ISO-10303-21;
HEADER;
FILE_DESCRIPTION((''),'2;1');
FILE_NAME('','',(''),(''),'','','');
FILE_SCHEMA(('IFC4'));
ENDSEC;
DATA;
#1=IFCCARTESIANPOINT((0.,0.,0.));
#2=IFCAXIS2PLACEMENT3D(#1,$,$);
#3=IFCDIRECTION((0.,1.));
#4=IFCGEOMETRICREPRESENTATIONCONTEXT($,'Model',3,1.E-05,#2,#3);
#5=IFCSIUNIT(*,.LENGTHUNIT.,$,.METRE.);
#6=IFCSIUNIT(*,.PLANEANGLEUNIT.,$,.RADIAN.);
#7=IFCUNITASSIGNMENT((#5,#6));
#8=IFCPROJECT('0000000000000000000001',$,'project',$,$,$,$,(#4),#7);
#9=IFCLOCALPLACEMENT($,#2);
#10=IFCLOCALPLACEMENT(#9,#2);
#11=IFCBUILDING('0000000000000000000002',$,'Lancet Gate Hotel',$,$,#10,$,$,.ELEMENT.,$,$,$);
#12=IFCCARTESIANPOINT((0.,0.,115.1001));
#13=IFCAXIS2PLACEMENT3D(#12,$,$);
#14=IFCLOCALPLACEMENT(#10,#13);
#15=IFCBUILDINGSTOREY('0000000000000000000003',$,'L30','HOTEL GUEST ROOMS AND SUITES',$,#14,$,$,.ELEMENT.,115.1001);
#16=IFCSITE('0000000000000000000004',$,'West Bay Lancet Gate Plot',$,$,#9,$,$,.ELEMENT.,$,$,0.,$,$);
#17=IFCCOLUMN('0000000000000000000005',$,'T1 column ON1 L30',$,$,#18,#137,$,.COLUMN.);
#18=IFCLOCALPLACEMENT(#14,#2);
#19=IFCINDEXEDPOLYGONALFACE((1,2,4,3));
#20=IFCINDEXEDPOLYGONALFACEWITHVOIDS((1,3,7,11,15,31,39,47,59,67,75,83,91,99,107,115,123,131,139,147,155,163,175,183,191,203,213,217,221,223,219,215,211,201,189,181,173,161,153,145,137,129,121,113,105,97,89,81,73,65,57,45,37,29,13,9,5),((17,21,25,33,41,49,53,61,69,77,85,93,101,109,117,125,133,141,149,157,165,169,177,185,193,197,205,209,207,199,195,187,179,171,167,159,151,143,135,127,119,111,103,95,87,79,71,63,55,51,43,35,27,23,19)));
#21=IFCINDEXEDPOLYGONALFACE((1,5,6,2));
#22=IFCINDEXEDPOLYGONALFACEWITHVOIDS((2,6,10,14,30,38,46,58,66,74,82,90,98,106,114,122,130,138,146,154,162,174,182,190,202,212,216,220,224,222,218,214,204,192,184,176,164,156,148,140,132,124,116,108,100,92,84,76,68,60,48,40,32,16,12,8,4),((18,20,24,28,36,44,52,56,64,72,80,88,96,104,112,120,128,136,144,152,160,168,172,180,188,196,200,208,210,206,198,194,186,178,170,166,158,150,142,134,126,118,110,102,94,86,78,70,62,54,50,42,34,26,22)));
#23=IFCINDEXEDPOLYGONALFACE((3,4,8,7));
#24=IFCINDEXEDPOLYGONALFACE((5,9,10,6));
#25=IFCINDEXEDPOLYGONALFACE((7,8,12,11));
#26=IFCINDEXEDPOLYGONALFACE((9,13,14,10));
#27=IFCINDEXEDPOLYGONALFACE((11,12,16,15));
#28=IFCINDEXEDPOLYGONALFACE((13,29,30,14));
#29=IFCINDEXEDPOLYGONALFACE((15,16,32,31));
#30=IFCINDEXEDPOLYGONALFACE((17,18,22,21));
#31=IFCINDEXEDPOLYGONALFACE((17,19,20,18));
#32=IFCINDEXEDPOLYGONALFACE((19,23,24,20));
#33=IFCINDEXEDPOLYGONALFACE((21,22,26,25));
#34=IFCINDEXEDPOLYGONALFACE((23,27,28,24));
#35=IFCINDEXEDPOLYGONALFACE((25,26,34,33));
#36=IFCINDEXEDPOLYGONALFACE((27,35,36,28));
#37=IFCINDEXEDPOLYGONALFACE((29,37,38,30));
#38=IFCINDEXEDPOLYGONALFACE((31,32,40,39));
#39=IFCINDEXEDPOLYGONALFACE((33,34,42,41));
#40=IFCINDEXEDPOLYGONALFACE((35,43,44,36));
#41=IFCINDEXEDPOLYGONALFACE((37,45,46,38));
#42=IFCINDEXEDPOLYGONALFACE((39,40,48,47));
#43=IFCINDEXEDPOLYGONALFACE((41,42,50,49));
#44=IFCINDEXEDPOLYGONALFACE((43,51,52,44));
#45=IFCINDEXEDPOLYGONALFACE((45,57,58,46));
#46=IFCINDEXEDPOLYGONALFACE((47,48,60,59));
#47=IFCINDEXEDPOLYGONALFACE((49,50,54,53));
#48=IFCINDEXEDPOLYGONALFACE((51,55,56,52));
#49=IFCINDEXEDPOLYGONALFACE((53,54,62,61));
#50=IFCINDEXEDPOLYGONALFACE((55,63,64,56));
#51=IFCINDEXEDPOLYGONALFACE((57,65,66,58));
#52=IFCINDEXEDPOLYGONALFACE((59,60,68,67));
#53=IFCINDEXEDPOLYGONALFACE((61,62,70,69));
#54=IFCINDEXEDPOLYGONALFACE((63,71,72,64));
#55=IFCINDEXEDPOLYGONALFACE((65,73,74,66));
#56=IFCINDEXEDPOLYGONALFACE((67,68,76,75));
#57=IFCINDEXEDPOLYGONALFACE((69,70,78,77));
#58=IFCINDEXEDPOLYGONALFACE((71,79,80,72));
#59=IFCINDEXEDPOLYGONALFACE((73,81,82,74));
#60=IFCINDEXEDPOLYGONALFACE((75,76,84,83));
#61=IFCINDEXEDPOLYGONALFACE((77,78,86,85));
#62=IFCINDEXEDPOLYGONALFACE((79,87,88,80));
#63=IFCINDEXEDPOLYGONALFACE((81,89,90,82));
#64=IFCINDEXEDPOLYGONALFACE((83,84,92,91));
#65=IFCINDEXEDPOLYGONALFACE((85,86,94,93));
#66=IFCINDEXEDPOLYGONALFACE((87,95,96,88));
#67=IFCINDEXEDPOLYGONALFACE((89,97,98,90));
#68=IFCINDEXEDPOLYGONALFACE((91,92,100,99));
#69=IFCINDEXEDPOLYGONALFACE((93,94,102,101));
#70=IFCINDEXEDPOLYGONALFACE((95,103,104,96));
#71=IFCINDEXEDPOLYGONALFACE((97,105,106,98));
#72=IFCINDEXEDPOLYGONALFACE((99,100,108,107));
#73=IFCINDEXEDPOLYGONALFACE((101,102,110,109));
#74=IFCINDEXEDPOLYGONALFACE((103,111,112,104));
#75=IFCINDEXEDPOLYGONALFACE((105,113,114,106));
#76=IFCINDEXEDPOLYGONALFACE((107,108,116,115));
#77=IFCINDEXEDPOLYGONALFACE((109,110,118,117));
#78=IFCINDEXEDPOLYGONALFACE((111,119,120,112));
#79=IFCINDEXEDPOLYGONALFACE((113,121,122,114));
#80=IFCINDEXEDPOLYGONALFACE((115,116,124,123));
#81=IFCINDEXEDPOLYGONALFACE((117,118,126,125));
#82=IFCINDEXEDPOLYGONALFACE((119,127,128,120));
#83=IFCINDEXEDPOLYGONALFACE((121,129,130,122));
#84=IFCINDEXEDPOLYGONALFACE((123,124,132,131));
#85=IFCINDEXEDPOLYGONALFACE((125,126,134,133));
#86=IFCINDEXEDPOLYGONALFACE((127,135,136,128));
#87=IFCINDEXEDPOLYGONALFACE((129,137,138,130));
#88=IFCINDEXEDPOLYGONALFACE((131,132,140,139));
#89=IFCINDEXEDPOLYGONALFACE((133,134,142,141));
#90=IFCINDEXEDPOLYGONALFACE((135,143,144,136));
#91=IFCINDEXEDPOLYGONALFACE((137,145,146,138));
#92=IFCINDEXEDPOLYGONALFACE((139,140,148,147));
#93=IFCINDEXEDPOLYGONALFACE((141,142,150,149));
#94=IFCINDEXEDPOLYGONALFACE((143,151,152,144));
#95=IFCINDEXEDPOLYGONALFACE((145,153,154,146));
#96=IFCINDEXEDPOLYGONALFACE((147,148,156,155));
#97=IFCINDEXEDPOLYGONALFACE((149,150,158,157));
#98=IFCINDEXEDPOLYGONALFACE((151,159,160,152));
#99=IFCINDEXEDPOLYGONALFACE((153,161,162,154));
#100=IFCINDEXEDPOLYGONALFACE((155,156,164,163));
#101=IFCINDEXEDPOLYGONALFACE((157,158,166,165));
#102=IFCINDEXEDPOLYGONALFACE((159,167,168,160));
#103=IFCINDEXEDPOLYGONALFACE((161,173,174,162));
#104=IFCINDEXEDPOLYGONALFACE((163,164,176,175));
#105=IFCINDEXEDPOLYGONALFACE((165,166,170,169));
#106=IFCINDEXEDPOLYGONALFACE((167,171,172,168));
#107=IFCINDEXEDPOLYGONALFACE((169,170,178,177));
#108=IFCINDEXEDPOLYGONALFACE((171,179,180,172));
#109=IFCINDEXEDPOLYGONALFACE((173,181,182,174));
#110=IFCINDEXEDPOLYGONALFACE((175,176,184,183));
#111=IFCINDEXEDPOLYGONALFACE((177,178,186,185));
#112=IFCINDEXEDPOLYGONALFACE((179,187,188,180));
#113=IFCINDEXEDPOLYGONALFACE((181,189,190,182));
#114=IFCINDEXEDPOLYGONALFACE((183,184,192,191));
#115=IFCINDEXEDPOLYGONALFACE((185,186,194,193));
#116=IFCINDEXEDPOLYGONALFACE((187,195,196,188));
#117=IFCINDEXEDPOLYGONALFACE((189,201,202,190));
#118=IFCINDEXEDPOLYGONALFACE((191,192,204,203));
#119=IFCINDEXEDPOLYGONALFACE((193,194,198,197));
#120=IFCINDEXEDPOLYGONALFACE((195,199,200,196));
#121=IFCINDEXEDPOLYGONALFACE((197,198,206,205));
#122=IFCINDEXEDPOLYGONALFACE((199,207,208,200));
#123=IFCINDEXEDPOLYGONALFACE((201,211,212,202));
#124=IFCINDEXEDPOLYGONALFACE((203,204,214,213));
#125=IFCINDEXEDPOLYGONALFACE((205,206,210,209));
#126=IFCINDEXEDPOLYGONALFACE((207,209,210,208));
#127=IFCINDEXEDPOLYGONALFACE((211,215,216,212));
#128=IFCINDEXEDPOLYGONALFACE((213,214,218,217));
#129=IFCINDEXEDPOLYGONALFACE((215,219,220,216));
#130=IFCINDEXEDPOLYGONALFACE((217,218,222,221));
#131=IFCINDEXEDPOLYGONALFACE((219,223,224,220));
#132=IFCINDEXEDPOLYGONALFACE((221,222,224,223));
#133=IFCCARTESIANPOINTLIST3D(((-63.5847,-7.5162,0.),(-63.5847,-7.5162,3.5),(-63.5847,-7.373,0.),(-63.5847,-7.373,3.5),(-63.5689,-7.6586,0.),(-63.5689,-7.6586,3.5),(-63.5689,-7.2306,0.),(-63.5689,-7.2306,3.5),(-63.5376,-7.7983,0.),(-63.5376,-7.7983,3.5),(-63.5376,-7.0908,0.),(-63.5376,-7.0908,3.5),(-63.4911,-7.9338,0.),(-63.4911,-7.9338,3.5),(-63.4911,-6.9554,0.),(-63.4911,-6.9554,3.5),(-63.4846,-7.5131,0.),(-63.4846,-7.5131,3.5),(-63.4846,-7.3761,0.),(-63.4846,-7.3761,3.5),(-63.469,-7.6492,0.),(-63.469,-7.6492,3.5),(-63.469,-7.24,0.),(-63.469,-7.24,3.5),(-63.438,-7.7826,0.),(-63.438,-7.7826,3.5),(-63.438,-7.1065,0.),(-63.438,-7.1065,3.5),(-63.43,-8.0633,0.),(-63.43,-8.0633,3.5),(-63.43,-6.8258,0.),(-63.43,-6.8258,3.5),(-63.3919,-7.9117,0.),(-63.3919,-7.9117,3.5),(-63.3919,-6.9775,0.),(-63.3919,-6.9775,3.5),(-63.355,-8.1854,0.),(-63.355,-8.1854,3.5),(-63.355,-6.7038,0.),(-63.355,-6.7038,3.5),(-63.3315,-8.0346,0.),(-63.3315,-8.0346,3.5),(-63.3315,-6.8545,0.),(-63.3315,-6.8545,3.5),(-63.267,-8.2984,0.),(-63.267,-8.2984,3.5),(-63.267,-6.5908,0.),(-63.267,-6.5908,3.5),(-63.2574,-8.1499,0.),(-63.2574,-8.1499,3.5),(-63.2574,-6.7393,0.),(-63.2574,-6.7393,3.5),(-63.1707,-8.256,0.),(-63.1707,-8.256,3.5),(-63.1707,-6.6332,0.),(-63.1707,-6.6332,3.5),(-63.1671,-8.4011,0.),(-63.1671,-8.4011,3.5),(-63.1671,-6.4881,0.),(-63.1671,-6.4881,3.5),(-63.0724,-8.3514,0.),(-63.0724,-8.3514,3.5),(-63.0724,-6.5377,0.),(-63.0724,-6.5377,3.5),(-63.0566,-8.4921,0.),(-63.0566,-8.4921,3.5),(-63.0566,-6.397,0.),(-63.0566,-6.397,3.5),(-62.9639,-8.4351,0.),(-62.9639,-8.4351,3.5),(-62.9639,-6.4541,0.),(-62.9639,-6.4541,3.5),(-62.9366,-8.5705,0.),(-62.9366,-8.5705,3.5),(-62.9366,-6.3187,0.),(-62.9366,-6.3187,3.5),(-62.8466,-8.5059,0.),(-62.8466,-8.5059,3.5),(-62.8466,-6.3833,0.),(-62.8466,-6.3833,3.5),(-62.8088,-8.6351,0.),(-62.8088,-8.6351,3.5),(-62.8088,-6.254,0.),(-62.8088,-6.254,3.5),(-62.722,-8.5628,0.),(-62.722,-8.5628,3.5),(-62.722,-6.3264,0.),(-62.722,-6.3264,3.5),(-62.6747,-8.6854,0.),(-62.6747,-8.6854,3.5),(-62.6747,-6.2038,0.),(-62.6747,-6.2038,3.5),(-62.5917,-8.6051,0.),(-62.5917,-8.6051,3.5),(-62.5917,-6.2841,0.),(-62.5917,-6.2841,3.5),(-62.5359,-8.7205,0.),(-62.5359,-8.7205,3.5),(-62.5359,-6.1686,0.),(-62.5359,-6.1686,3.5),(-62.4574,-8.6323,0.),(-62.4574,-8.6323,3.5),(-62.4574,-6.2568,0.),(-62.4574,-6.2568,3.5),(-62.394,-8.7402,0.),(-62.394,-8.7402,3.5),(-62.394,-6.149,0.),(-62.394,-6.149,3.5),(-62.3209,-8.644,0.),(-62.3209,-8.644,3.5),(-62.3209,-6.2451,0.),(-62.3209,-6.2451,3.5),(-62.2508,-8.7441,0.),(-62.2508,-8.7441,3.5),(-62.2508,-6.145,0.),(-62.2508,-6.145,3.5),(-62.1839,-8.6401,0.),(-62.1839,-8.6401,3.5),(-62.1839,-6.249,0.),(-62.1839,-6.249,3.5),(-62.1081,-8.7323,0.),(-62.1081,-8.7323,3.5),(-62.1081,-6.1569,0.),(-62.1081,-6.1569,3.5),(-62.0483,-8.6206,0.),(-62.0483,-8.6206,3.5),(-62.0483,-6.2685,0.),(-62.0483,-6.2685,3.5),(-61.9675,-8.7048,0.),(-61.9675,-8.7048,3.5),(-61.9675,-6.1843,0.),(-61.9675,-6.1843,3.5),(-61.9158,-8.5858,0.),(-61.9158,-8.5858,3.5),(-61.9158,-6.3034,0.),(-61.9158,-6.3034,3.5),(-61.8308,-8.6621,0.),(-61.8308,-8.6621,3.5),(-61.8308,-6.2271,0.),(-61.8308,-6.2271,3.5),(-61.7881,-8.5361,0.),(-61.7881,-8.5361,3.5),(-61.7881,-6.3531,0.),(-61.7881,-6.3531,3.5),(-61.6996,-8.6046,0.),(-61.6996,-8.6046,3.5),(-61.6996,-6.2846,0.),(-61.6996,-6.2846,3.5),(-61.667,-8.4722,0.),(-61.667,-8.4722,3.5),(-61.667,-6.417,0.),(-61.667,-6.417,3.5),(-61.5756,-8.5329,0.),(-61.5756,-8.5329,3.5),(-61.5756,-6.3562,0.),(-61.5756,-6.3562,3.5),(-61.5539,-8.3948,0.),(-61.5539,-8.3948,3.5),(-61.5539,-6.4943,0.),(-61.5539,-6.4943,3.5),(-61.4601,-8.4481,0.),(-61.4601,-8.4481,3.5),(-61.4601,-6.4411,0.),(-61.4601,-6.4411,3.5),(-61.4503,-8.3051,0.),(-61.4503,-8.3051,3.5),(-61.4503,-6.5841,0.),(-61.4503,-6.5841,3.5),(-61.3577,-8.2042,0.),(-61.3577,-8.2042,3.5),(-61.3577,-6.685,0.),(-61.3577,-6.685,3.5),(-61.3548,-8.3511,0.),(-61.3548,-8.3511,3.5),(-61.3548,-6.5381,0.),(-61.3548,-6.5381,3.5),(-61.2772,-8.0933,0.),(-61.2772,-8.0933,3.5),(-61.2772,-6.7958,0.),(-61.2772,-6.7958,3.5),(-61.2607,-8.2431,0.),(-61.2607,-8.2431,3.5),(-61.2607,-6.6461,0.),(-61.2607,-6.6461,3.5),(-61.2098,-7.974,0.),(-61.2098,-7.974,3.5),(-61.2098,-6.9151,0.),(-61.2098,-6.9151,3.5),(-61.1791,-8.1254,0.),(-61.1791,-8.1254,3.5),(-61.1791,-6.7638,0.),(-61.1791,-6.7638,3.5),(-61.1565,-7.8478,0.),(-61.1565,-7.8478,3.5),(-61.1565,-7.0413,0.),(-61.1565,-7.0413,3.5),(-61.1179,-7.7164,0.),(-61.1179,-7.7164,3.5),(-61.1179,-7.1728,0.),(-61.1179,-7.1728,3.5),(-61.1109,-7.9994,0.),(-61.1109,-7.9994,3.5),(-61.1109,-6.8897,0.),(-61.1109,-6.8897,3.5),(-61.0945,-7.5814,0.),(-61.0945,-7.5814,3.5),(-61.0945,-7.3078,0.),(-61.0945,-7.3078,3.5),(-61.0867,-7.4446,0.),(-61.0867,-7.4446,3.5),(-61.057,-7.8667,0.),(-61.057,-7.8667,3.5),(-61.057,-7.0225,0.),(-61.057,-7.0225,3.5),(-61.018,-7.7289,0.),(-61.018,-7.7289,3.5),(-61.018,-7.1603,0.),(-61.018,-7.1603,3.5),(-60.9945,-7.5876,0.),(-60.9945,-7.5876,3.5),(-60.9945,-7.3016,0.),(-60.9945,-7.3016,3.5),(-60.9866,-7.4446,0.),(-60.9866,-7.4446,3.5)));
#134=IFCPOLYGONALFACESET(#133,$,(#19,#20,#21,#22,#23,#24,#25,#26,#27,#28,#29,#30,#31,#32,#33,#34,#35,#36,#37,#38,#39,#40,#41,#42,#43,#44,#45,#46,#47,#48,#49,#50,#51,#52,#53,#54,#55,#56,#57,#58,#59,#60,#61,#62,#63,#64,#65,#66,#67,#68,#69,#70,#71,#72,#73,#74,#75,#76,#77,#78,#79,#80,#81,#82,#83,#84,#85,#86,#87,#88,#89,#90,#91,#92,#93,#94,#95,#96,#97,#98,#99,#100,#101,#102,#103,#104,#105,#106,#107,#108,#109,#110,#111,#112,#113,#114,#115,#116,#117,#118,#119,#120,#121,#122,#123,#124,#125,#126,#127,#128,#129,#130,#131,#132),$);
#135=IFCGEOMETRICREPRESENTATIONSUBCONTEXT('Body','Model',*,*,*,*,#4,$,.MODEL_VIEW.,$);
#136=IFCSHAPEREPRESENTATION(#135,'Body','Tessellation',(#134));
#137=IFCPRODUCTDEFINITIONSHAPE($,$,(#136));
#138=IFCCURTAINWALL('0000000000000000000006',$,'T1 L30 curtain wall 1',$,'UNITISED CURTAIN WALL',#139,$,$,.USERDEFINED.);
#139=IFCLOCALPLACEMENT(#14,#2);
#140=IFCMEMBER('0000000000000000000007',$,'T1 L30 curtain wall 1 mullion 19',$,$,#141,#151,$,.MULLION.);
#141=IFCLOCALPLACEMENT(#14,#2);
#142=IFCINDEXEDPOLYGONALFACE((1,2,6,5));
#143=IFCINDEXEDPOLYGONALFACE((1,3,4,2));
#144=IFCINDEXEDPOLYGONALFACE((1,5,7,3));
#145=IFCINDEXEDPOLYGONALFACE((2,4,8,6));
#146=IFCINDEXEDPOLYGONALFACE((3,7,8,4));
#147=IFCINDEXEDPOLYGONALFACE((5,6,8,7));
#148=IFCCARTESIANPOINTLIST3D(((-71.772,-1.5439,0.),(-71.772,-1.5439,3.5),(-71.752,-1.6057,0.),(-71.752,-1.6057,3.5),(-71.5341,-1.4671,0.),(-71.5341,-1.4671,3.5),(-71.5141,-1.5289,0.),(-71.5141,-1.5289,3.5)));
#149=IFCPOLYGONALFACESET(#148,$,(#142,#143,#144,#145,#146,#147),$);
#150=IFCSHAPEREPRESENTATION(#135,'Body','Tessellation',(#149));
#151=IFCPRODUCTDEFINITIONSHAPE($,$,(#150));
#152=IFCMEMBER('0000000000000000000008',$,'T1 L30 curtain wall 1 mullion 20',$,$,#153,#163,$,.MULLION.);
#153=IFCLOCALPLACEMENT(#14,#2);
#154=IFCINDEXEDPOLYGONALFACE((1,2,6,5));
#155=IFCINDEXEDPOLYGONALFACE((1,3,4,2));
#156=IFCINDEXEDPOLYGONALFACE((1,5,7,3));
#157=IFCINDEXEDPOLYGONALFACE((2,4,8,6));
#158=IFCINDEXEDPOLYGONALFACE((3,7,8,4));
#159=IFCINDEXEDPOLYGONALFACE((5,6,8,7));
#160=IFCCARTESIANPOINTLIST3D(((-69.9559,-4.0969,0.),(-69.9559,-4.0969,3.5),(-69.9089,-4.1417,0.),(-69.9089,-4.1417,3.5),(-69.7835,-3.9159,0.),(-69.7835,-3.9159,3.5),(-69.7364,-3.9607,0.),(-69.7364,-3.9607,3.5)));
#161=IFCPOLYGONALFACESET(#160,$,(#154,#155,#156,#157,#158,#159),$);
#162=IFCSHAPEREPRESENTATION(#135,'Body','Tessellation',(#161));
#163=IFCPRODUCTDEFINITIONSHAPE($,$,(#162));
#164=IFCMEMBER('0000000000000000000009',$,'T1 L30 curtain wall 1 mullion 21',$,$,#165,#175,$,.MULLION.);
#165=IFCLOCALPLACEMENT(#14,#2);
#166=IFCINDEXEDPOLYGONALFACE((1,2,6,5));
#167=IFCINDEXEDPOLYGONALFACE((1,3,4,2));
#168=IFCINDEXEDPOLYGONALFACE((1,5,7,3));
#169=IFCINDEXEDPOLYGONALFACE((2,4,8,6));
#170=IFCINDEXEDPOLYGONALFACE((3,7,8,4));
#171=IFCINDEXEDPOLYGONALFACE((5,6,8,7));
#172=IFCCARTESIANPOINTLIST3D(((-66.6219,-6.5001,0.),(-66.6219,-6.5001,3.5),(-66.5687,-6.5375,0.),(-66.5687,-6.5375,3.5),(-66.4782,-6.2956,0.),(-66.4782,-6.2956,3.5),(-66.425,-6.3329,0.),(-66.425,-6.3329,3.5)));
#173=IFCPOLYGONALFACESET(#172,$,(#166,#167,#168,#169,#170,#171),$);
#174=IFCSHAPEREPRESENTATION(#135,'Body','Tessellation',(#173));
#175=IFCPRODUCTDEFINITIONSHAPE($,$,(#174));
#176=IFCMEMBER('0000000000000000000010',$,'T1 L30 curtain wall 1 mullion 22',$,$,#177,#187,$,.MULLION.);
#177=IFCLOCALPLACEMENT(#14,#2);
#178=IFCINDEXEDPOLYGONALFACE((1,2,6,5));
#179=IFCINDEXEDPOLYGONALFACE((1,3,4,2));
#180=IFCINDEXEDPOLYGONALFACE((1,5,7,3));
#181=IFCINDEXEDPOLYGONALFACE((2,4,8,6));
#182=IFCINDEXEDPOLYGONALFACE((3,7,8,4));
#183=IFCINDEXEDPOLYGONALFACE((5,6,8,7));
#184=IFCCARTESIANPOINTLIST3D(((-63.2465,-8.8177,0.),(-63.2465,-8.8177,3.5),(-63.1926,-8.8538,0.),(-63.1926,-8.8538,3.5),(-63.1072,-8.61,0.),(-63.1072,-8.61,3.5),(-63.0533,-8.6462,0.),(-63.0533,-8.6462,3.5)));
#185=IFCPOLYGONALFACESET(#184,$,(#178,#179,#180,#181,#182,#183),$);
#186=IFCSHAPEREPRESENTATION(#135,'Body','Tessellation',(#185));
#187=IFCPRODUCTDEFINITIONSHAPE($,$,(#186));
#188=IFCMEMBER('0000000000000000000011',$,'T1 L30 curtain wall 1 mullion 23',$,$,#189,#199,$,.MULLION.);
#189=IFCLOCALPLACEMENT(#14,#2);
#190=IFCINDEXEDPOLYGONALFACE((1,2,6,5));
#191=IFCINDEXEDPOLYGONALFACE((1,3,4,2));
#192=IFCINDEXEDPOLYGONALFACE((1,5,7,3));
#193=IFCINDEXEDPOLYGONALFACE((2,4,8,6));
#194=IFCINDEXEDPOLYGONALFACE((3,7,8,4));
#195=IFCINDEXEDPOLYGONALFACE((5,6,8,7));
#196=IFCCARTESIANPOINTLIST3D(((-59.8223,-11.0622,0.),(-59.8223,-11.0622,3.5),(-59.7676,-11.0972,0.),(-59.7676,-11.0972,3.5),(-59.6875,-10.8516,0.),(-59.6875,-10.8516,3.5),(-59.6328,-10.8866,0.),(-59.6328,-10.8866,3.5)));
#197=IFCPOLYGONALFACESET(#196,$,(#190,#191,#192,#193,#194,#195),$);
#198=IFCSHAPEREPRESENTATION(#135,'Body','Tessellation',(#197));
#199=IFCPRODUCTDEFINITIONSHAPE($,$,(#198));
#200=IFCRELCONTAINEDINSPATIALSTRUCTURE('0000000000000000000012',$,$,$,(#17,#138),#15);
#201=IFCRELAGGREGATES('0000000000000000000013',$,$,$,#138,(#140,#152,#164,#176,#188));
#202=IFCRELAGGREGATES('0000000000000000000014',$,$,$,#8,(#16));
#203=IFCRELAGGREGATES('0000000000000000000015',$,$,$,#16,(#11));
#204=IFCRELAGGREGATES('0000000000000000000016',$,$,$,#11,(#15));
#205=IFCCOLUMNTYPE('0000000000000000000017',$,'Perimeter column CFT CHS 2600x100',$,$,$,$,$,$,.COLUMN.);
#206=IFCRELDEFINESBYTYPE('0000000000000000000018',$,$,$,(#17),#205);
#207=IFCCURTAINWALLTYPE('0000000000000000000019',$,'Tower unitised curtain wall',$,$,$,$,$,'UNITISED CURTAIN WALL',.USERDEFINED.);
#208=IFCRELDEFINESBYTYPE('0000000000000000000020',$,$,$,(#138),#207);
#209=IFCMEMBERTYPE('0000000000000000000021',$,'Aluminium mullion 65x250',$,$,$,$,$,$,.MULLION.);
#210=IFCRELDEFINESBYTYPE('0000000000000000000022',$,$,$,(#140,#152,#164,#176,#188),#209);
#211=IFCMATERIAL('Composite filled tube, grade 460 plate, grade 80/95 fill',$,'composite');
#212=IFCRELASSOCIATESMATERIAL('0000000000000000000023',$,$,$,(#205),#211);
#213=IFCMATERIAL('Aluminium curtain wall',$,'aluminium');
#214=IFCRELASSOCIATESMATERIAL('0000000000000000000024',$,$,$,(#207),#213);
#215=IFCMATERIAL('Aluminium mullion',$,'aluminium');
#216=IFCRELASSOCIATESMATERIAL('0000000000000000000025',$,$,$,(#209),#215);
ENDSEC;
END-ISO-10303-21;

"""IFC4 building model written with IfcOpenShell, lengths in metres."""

from ifc_helpers import new_model, si_unit, direction, frame, origin, origin_2d, place, context, subcontext, project, spatial, rectangle, hollow_circle, extrude, material, material_profile, profile_set, type_object, element, aggregate, save


model = new_model("IFC4")

# Units and contexts
model_context = context("Model", 3, precision=1e-05, world=origin(), true_north=direction((0.0, 1.0)))
body_context = subcontext(model_context, "Body", "Model", "MODEL_VIEW")
ifc_project = project(units=[si_unit("LENGTHUNIT", "METRE"), si_unit("PLANEANGLEUNIT", "RADIAN")], contexts=[model_context])

# Site, building, storey
site_placement = place(None, origin())
site = spatial("IfcSite", under=ifc_project, at=site_placement, Name="West Bay Lancet Gate Plot", CompositionType="ELEMENT", RefElevation=0.0)
building_placement = place(site_placement, origin())
building = spatial("IfcBuilding", under=site, at=building_placement, Name="Lancet Gate Hotel", CompositionType="ELEMENT")
storey_placement = place(building_placement, frame((0.0, 0.0, 115.1001)))
storey = spatial("IfcBuildingStorey", under=building, at=storey_placement, Name="L30", Description="HOTEL GUEST ROOMS AND SUITES", CompositionType="ELEMENT", Elevation=115.1001)

# Column
ifc_material_1 = material(Name="Composite filled tube, grade 460 plate, grade 80/95 fill", Category="composite")
ifc_material_profile_1 = material_profile(ifc_material_1, hollow_circle(Radius=1.3, WallThickness=0.1001, at=origin_2d()), Name="CHS 2600x100")
ifc_profile_set_1 = profile_set([ifc_material_profile_1], Name="Composite filled tube, grade 460 plate, grade 80/95 fill")
column_type_1 = type_object("IfcColumnType", Name="Perimeter column CFT CHS 2600x100", PredefinedType="COLUMN", material=ifc_profile_set_1)
column_1_placement = place(storey_placement, frame((-62.2866, -7.4446, 0.0), z_axis=(0.0, 0.0, 1.0), x_axis=(1.0, 0.0, 0.0)))
element("IfcColumn", 1, at=column_1_placement, inside=storey, type_object=column_type_1, Name="T1 column ON1 L30", PredefinedType="COLUMN", context=body_context, shape_type="SweptSolid", body=[
    extrude(hollow_circle(Radius=1.3, WallThickness=0.1001, at=origin_2d()), origin(), (0.0, 0.0, 1.0), 3.5),
])

# Curtain wall, members
ifc_material_2 = material(Name="Aluminium curtain wall", Category="aluminium")
curtain_wall_type = type_object("IfcCurtainWallType", Name="Tower unitised curtain wall", ElementType="UNITISED CURTAIN WALL", PredefinedType="USERDEFINED", material=ifc_material_2)
curtain_wall_placement = place(storey_placement, origin())
curtain_wall = element("IfcCurtainWall", 2, at=curtain_wall_placement, inside=storey, type_object=curtain_wall_type, Name="T1 L30 curtain wall 1", ObjectType="UNITISED CURTAIN WALL", PredefinedType="USERDEFINED")
ifc_material_3 = material(Name="Aluminium mullion", Category="aluminium")
ifc_material_profile_2 = material_profile(ifc_material_3, rectangle(XDim=0.0649, YDim=0.25, at=origin_2d()), Name="MULLION 65x250")
ifc_profile_set_2 = profile_set([ifc_material_profile_2], Name="Aluminium mullion")
member_type_1 = type_object("IfcMemberType", Name="Aluminium mullion 65x250", PredefinedType="MULLION", material=ifc_profile_set_2)
member_1_placement = place(storey_placement, frame((-71.6431, -1.5364, 0.0), z_axis=(0.0, 0.0, 1.0), x_axis=(0.307269, -0.951623, 0.0)))
member_1 = element("IfcMember", 3, at=member_1_placement, type_object=member_type_1, Name="T1 L30 curtain wall 1 mullion 19", PredefinedType="MULLION", context=body_context, shape_type="SweptSolid", body=[
    extrude(rectangle(XDim=0.0649, YDim=0.25, at=origin_2d()), origin(), (0.0, 0.0, 1.0), 3.5),
])
member_2_placement = place(storey_placement, frame((-69.8462, -4.0288, 0.0), z_axis=(0.0, 0.0, 1.0), x_axis=(0.723846, -0.689961, 0.0)))
member_2 = element("IfcMember", 4, at=member_2_placement, type_object=member_type_1, Name="T1 L30 curtain wall 1 mullion 20", PredefinedType="MULLION", context=body_context, shape_type="SweptSolid", body=[
    extrude(rectangle(XDim=0.0649, YDim=0.25, at=origin_2d()), origin(), (0.0, 0.0, 1.0), 3.5),
])
member_3_placement = place(storey_placement, frame((-66.5234, -6.4165, 0.0), z_axis=(0.0, 0.0, 1.0), x_axis=(0.818327, -0.574753, 0.0)))
member_3 = element("IfcMember", 5, at=member_3_placement, type_object=member_type_1, Name="T1 L30 curtain wall 1 mullion 21", PredefinedType="MULLION", context=body_context, shape_type="SweptSolid", body=[
    extrude(rectangle(XDim=0.0649, YDim=0.25, at=origin_2d()), origin(), (0.0, 0.0, 1.0), 3.5),
])
member_4_placement = place(storey_placement, frame((-63.1499, -8.7319, 0.0), z_axis=(0.0, 0.0, 1.0), x_axis=(0.83051, -0.557004, 0.0)))
member_4 = element("IfcMember", 6, at=member_4_placement, type_object=member_type_1, Name="T1 L30 curtain wall 1 mullion 22", PredefinedType="MULLION", context=body_context, shape_type="SweptSolid", body=[
    extrude(rectangle(XDim=0.0649, YDim=0.25, at=origin_2d()), origin(), (0.0, 0.0, 1.0), 3.5),
])
member_5_placement = place(storey_placement, frame((-59.7275, -10.9744, 0.0), z_axis=(0.0, 0.0, 1.0), x_axis=(0.842308, -0.538996, 0.0)))
member_5 = element("IfcMember", 7, at=member_5_placement, type_object=member_type_1, Name="T1 L30 curtain wall 1 mullion 23", PredefinedType="MULLION", context=body_context, shape_type="SweptSolid", body=[
    extrude(rectangle(XDim=0.0649, YDim=0.25, at=origin_2d()), origin(), (0.0, 0.0, 1.0), 3.5),
])

aggregate(curtain_wall, [member_1, member_2, member_3, member_4, member_5])

save(model, "model.ifc")
